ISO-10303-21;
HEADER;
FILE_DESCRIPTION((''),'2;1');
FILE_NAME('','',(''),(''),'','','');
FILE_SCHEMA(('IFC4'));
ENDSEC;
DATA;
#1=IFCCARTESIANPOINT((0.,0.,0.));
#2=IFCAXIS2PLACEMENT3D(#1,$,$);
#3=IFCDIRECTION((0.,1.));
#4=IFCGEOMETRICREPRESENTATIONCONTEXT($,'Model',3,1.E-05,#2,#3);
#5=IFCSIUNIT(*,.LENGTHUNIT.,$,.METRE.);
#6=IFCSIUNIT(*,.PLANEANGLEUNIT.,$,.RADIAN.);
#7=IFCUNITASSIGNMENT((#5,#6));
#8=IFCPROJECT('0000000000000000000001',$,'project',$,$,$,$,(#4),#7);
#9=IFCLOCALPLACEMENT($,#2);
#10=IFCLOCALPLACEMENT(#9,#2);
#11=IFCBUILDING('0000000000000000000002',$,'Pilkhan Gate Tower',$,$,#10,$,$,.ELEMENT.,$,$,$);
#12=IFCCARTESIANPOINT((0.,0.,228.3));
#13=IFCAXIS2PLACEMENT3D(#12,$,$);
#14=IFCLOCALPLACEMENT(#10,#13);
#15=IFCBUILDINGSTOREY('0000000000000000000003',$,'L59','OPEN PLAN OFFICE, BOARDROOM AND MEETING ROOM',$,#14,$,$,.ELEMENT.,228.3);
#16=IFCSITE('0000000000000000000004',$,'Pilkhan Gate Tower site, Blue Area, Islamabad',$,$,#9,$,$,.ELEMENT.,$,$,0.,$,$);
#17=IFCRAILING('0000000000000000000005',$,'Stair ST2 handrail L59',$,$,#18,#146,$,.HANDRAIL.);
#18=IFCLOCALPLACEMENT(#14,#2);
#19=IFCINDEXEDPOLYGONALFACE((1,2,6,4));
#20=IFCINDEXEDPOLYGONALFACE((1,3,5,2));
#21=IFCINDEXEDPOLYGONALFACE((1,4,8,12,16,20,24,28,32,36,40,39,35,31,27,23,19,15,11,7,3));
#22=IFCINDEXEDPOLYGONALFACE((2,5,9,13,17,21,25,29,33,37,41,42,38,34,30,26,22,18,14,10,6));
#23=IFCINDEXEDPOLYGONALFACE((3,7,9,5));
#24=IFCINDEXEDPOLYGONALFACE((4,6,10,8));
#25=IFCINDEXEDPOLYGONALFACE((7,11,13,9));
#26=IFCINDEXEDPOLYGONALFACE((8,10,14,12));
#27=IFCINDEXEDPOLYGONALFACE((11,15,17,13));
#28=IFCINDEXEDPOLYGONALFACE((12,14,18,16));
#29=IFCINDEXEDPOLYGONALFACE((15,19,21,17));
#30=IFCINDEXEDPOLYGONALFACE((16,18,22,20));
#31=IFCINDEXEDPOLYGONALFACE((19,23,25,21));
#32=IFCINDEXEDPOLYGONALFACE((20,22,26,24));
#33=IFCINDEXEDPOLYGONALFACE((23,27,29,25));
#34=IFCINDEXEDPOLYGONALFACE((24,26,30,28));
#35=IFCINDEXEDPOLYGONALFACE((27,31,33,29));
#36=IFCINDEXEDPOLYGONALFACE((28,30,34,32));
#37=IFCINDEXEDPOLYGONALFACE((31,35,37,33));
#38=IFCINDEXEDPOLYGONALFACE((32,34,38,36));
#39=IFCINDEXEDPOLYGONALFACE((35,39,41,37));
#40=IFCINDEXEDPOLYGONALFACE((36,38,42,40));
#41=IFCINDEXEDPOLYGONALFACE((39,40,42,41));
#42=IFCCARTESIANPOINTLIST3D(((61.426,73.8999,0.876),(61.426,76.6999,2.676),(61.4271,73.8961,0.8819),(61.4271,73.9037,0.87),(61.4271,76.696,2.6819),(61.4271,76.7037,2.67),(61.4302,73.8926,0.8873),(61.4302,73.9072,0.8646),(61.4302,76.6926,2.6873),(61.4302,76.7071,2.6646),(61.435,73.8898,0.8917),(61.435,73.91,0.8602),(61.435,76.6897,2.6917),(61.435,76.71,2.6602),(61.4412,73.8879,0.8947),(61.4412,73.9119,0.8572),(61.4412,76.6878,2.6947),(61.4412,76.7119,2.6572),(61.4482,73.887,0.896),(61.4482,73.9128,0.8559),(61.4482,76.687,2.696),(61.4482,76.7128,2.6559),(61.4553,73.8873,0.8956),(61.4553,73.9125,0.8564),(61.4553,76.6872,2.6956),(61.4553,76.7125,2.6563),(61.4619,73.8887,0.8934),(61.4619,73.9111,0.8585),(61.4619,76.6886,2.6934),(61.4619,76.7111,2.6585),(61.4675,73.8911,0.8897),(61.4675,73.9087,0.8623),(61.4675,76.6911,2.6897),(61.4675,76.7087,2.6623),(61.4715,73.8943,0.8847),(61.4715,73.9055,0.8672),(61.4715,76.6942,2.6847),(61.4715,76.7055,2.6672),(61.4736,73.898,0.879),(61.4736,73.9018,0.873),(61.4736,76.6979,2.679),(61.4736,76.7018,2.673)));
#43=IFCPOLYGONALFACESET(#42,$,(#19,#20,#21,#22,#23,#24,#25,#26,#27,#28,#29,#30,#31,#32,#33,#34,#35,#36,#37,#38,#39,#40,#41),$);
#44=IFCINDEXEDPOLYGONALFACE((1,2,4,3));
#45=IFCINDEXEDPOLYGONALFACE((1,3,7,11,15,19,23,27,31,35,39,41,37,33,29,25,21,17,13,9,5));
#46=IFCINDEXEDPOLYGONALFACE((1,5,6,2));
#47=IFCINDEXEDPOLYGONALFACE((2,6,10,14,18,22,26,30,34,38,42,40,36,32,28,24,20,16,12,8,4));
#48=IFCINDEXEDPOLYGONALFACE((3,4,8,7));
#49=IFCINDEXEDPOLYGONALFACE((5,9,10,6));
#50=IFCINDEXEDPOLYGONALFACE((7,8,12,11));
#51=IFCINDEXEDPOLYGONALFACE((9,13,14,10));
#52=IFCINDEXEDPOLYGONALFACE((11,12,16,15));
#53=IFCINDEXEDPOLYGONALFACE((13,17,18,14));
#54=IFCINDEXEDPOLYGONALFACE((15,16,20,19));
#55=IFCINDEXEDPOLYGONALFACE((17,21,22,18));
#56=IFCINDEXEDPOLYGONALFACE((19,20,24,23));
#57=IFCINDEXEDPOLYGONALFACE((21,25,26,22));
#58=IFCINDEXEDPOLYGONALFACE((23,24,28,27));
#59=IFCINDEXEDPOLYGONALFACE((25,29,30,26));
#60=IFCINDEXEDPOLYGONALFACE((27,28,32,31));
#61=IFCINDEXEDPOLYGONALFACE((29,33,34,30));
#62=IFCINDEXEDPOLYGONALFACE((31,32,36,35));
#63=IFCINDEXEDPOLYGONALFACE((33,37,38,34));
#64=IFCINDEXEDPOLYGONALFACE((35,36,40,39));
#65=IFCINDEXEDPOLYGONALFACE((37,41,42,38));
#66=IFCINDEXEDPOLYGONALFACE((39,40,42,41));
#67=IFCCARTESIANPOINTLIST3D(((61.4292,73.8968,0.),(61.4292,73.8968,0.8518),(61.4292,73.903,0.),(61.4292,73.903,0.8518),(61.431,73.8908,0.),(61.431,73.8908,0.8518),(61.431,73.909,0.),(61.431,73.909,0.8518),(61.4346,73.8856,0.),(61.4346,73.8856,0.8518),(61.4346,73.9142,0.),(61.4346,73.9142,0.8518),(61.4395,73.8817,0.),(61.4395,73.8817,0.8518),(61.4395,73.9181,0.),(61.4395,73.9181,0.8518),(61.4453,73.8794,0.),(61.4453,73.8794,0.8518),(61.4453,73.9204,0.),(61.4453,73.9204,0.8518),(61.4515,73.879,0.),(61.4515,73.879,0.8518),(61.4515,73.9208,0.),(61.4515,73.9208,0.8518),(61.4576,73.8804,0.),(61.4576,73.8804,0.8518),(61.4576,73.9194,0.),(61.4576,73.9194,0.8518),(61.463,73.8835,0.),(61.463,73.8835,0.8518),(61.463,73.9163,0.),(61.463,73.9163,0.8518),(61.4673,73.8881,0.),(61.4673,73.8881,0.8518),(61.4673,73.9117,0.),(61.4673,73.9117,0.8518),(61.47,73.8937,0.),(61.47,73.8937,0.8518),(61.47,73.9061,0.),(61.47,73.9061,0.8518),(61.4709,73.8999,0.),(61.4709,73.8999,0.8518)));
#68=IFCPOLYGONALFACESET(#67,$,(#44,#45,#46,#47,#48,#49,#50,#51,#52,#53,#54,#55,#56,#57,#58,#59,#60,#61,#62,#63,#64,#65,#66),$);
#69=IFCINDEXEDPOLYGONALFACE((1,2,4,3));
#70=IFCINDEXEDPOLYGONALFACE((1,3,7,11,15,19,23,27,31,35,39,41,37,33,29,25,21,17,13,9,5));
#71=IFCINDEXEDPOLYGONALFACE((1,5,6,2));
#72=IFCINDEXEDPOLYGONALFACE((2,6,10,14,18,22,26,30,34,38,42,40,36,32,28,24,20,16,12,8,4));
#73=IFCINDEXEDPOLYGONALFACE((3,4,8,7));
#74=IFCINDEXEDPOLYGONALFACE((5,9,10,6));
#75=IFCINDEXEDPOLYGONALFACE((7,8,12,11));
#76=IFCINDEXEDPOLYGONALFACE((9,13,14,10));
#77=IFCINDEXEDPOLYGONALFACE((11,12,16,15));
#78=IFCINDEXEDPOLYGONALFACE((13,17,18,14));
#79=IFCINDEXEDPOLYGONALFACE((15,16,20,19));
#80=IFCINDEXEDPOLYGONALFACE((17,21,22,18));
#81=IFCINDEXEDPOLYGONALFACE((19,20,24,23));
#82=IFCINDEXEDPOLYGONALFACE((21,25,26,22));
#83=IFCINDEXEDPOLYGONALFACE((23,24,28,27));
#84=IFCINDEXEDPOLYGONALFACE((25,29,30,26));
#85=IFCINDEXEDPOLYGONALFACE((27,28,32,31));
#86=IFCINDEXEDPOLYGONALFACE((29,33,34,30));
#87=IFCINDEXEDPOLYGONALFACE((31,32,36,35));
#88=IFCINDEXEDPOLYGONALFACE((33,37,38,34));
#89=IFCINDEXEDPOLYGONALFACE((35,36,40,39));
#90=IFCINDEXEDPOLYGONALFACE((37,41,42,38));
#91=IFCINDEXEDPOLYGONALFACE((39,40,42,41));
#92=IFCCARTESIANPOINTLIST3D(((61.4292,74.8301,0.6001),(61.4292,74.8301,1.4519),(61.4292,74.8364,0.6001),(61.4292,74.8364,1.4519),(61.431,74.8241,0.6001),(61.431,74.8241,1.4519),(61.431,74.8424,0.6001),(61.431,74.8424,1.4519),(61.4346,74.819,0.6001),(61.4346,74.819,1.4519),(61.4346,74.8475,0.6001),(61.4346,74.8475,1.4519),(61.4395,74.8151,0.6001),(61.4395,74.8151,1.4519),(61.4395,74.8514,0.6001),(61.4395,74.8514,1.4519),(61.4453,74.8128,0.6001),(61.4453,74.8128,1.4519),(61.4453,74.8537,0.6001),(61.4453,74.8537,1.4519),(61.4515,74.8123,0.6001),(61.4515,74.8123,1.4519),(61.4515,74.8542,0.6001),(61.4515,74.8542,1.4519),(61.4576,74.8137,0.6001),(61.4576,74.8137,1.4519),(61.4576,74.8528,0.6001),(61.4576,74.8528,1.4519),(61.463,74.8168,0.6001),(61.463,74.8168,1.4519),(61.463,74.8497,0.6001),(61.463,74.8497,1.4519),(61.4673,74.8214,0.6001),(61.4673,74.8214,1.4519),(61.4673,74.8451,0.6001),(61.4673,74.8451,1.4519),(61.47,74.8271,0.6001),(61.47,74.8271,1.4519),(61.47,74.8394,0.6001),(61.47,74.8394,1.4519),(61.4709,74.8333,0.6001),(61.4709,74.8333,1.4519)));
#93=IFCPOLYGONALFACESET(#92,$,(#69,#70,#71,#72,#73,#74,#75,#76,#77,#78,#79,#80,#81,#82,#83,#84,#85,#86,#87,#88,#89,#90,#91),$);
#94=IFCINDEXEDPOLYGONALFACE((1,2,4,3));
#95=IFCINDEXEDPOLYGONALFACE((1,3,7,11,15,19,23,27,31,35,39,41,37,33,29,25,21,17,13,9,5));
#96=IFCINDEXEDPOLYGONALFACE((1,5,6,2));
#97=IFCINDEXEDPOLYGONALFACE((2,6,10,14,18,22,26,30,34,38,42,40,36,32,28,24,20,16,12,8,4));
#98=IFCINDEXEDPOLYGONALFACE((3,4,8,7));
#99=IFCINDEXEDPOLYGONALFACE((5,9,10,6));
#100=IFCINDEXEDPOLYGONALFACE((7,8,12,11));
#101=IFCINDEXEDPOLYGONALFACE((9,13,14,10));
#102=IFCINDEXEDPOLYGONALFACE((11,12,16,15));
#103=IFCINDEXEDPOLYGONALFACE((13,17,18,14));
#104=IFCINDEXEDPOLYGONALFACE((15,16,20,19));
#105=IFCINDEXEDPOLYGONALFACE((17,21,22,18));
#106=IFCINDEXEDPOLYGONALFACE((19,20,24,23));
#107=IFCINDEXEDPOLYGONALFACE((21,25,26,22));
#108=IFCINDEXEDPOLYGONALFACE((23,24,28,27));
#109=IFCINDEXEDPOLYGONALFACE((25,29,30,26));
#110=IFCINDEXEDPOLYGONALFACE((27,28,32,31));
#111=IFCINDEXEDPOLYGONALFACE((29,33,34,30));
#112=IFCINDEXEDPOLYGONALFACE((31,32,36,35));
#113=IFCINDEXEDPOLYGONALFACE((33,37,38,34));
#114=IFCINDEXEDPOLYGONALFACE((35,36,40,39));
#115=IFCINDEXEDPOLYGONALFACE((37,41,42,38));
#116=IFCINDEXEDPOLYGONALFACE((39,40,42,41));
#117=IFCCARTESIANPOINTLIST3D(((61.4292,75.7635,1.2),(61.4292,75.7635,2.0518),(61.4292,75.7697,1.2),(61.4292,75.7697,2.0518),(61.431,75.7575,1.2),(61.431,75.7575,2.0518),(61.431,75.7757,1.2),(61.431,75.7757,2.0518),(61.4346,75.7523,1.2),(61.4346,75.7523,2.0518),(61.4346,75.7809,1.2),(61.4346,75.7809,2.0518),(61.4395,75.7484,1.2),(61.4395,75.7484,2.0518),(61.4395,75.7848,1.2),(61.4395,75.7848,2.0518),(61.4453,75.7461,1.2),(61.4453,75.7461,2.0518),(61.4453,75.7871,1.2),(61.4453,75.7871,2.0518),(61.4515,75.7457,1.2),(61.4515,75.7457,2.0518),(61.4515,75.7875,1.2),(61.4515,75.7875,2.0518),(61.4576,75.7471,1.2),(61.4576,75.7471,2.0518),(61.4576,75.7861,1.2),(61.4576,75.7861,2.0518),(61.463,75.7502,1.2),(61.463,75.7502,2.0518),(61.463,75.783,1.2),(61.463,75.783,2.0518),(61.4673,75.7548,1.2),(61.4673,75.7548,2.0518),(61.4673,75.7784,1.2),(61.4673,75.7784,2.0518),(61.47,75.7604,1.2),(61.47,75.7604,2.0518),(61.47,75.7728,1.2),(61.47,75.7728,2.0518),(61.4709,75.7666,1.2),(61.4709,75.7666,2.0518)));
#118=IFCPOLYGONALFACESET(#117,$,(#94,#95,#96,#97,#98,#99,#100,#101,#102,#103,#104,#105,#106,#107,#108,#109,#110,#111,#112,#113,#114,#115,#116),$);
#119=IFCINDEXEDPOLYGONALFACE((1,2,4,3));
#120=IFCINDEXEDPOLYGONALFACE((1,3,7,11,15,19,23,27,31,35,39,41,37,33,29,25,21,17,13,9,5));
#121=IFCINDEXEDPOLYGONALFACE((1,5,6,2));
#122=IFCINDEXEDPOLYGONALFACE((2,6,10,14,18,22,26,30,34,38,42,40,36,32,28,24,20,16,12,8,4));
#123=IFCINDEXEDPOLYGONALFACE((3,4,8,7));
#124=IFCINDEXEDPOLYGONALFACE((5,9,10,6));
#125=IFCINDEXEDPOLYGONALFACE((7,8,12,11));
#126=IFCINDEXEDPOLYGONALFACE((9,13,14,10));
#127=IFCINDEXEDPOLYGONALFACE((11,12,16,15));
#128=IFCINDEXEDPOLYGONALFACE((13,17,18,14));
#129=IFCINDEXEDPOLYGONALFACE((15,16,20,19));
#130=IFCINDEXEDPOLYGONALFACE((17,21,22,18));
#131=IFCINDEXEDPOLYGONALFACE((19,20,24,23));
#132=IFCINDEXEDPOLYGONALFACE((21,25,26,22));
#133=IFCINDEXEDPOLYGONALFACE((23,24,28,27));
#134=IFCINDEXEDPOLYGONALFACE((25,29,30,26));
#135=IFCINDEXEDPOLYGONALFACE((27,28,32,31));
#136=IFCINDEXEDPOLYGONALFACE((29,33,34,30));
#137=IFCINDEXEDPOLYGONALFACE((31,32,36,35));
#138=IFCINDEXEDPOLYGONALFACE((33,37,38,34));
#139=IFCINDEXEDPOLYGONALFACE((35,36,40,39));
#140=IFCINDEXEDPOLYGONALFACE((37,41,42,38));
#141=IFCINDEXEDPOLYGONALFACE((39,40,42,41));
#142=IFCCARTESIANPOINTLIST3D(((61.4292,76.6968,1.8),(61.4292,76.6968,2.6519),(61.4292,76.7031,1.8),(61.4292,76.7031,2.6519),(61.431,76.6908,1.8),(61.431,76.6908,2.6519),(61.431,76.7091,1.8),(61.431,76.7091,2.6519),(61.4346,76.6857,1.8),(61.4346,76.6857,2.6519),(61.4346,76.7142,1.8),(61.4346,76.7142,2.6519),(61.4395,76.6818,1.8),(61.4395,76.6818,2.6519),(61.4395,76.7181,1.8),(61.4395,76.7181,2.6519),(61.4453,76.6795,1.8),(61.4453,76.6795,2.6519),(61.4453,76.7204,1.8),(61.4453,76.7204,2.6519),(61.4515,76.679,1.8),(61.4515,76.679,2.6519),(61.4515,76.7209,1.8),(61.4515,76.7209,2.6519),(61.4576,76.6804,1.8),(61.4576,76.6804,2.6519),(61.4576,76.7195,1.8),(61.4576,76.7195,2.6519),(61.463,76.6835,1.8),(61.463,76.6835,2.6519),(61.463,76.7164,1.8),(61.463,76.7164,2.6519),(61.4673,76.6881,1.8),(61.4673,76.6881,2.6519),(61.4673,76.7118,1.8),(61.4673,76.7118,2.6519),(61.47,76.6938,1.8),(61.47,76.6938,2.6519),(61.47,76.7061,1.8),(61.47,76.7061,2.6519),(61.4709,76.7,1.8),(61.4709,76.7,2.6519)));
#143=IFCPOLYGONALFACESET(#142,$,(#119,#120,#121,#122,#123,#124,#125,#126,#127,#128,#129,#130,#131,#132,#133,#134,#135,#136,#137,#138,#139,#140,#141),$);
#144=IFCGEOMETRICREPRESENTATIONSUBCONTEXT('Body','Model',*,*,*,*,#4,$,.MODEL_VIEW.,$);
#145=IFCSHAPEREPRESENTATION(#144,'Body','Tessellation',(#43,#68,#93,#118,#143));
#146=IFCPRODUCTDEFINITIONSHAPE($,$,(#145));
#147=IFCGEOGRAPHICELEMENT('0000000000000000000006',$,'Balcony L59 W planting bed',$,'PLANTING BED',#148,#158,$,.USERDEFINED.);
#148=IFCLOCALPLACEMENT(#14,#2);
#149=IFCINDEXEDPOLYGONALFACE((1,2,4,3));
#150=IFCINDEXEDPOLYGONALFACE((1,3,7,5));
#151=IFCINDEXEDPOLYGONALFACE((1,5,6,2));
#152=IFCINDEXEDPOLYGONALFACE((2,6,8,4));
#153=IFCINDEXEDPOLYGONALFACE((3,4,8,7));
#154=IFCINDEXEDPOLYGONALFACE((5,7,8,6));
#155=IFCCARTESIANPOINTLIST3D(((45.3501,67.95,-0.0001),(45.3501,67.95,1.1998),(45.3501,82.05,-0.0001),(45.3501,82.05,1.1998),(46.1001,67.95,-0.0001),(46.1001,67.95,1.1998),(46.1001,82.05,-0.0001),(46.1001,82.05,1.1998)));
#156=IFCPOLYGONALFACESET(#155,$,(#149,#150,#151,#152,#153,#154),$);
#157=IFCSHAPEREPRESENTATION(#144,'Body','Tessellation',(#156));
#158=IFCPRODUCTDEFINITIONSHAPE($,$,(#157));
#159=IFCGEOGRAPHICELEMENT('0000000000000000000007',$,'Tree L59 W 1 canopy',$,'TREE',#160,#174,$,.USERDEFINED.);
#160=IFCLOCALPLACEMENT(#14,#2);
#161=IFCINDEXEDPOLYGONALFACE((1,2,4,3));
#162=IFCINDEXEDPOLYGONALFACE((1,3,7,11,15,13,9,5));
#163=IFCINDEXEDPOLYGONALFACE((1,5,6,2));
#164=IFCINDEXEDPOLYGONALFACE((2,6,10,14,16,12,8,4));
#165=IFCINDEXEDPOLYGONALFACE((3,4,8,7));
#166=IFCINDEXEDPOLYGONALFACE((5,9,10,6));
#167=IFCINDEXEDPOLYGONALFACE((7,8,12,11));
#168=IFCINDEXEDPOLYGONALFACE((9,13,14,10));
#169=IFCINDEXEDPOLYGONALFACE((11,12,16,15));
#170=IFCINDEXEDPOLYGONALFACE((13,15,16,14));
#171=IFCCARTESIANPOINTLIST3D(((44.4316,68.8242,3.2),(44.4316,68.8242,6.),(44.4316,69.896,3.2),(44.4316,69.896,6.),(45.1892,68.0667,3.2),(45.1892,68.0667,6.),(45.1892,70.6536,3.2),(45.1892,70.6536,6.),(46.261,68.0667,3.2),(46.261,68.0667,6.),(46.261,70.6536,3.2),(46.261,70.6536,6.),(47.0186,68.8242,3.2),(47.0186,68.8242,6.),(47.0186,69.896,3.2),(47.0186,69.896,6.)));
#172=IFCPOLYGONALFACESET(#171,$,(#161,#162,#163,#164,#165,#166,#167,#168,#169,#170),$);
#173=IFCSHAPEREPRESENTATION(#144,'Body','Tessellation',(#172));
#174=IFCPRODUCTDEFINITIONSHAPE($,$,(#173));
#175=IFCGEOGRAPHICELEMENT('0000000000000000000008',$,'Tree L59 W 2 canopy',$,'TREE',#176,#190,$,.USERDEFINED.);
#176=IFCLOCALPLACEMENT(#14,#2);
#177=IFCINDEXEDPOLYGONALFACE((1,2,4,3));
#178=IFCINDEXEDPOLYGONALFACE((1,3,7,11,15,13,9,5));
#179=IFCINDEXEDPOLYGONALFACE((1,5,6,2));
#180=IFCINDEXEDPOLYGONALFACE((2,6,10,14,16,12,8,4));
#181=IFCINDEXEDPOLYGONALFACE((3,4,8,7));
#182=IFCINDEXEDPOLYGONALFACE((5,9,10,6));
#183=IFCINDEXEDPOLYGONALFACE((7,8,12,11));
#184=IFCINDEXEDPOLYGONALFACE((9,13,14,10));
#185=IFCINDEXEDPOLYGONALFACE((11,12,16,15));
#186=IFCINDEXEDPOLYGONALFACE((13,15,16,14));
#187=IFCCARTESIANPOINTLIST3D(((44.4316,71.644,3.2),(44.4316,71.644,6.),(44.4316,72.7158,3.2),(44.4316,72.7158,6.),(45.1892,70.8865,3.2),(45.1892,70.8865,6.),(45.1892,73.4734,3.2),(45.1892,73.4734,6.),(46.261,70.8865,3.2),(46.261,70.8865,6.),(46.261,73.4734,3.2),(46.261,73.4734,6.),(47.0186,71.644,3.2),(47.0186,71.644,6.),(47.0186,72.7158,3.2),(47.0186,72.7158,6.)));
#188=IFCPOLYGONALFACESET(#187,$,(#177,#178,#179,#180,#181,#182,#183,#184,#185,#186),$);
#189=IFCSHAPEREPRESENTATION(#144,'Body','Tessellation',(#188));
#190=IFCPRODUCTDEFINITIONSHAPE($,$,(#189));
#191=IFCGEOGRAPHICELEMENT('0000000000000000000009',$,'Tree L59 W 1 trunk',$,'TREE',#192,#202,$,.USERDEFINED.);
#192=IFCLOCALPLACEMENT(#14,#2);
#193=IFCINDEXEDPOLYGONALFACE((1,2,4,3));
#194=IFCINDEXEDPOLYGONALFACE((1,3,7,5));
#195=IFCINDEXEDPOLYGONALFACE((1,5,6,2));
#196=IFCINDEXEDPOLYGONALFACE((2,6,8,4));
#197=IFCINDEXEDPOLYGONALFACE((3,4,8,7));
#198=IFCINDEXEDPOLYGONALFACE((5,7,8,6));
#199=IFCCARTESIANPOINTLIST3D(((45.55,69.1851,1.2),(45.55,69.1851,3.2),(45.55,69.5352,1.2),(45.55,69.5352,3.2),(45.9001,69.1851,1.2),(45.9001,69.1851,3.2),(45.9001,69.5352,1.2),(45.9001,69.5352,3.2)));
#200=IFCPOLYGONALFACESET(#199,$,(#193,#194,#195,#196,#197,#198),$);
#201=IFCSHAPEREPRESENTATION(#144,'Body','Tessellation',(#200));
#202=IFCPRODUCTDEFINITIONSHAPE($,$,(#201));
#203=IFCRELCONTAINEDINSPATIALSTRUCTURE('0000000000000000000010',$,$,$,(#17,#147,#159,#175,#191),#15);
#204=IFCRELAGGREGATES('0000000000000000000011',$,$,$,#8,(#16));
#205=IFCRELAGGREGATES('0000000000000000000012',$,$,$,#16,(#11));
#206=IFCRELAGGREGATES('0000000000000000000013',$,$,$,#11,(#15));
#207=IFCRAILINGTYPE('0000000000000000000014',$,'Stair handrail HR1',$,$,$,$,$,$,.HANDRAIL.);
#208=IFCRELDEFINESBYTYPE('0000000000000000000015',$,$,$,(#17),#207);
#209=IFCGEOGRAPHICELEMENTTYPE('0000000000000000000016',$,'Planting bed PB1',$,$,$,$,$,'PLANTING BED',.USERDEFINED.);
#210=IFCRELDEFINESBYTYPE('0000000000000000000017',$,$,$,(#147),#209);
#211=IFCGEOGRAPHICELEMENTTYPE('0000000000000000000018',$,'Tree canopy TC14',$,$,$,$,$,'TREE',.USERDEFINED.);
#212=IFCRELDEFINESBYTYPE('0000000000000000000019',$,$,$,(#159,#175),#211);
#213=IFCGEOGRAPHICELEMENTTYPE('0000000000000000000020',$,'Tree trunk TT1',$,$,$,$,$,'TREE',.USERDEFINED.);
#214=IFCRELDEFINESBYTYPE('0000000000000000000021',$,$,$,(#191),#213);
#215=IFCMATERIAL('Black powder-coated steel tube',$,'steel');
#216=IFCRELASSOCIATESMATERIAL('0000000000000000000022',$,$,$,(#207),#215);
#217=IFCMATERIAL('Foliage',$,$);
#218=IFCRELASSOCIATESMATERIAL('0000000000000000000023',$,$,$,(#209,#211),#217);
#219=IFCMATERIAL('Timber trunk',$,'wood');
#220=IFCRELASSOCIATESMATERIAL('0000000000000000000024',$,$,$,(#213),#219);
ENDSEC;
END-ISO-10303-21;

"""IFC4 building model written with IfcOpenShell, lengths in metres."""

from ifc_helpers import new_model, si_unit, direction, frame, origin, origin_2d, place, context, subcontext, project, spatial, polyline, rectangle, circle, outline, extrude, material, material_profile, profile_set, type_object, element, save


model = new_model("IFC4")

# Units and contexts
model_context = context("Model", 3, precision=1e-05, world=origin(), true_north=direction((0.0, 1.0)))
body_context = subcontext(model_context, "Body", "Model", "MODEL_VIEW")
ifc_project = project(units=[si_unit("LENGTHUNIT", "METRE"), si_unit("PLANEANGLEUNIT", "RADIAN")], contexts=[model_context])

# Site, building, storey
site_placement = place(None, origin())
site = spatial("IfcSite", under=ifc_project, at=site_placement, Name="Pilkhan Gate Tower site, Blue Area, Islamabad", CompositionType="ELEMENT", RefElevation=0.0)
building_placement = place(site_placement, origin())
building = spatial("IfcBuilding", under=site, at=building_placement, Name="Pilkhan Gate Tower", CompositionType="ELEMENT")
storey_placement = place(building_placement, frame((0.0, 0.0, 228.3)))
storey = spatial("IfcBuildingStorey", under=building, at=storey_placement, Name="L59", Description="OPEN PLAN OFFICE, BOARDROOM AND MEETING ROOM", CompositionType="ELEMENT", Elevation=228.3)

# Railing
ifc_material_1 = material(Name="Black powder-coated steel tube", Category="steel")
railing_type_1 = type_object("IfcRailingType", Name="Stair handrail HR1", PredefinedType="HANDRAIL", material=ifc_material_1)
railing_1_placement = place(storey_placement, frame((61.45, 73.8999, 0.0)))
element("IfcRailing", 1, at=railing_1_placement, inside=storey, type_object=railing_type_1, Name="Stair ST2 handrail L59", PredefinedType="HANDRAIL", context=body_context, shape_type="SweptSolid", body=[
    extrude(circle(Radius=0.0239, at=origin_2d()), frame((0.0, 0.0, 0.876), z_axis=(0.0, 0.841176, 0.540761), x_axis=(-1.0, 0.0, 0.0)), (0.0, 0.0, 1.0), 3.3286),
    extrude(circle(Radius=0.021, at=origin_2d()), origin(), (0.0, 0.0, 1.0), 0.8518),
    extrude(circle(Radius=0.021, at=origin_2d()), frame((0.0, 0.9333, 0.6001)), (0.0, 0.0, 1.0), 0.8518),
    extrude(circle(Radius=0.021, at=origin_2d()), frame((0.0, 1.8667, 1.2)), (0.0, 0.0, 1.0), 0.8518),
    extrude(circle(Radius=0.021, at=origin_2d()), frame((0.0, 2.8, 1.8)), (0.0, 0.0, 1.0), 0.8518),
])

# Geographic elements
ifc_material_2 = material(Name="Foliage")
ifc_material_profile_1 = material_profile(ifc_material_2, rectangle(XDim=0.75, YDim=1.2, at=origin_2d()), Name="Bed 750x1200")
ifc_profile_set_1 = profile_set([ifc_material_profile_1], Name="Foliage")
geographic_element_type_1 = type_object("IfcGeographicElementType", Name="Planting bed PB1", ElementType="PLANTING BED", PredefinedType="USERDEFINED", material=ifc_profile_set_1)
geographic_element_placement = place(storey_placement, frame((45.7251, 67.95, 0.5999), z_axis=(0.0, 1.0, 0.0), x_axis=(-1.0, 0.0, 0.0)))
element("IfcGeographicElement", 2, at=geographic_element_placement, inside=storey, type_object=geographic_element_type_1, Name="Balcony L59 W planting bed", ObjectType="PLANTING BED", PredefinedType="USERDEFINED", context=body_context, shape_type="SweptSolid", body=[
    extrude(rectangle(XDim=0.75, YDim=1.2, at=origin_2d()), origin(), (0.0, 0.0, 1.0), 14.1001),
])
ifc_material_profile_2 = material_profile(ifc_material_2, outline(polyline([(1.2935, 0.5359), (0.5359, 1.2935), (-0.5359, 1.2935), (-1.2935, 0.5359), (-1.2935, -0.5359), (-0.5359, -1.2935), (0.5359, -1.2935), (1.2935, -0.5359), (1.2935, 0.5359)])), Name="Canopy D2.8")
ifc_profile_set_2 = profile_set([ifc_material_profile_2], Name="Foliage")
geographic_element_type_2 = type_object("IfcGeographicElementType", Name="Tree canopy TC14", ElementType="TREE", PredefinedType="USERDEFINED", material=ifc_profile_set_2)
for number, where, z_axis, x_axis, name in (
    (3, (45.7251, 69.3601, 3.2), (0.0, 0.0, 1.0), (1.0, 0.0, 0.0), "Tree L59 W 1 canopy"),
    (4, (45.7251, 72.1799, 3.2), (0.0, 0.0, 1.0), (1.0, 0.0, 0.0), "Tree L59 W 2 canopy"),
):
    element("IfcGeographicElement", number, at=place(storey_placement, frame(where, z_axis=z_axis, x_axis=x_axis)), inside=storey, type_object=geographic_element_type_2, Name=name, ObjectType="TREE", PredefinedType="USERDEFINED", context=body_context, shape_type="SweptSolid", body=[
        extrude(outline(polyline([(1.2935, 0.5359), (0.5359, 1.2935), (-0.5359, 1.2935), (-1.2935, 0.5359), (-1.2935, -0.5359), (-0.5359, -1.2935), (0.5359, -1.2935), (1.2935, -0.5359), (1.2935, 0.5359)])), origin(), (0.0, 0.0, 1.0), 2.8),
    ])
ifc_material_3 = material(Name="Timber trunk", Category="wood")
geographic_element_type_3 = type_object("IfcGeographicElementType", Name="Tree trunk TT1", ElementType="TREE", PredefinedType="USERDEFINED", material=ifc_material_3)
for number, where, z_axis, x_axis, name in (
    (5, (45.7251, 69.3601, 1.2), (0.0, 0.0, 1.0), (1.0, 0.0, 0.0), "Tree L59 W 1 trunk"),
):
    element("IfcGeographicElement", number, at=place(storey_placement, frame(where, z_axis=z_axis, x_axis=x_axis)), inside=storey, type_object=geographic_element_type_3, Name=name, ObjectType="TREE", PredefinedType="USERDEFINED", context=body_context, shape_type="SweptSolid", body=[
        extrude(rectangle(XDim=0.3501, YDim=0.3501, at=origin_2d()), origin(), (0.0, 0.0, 1.0), 2.0),
    ])

save(model, "model.ifc")
